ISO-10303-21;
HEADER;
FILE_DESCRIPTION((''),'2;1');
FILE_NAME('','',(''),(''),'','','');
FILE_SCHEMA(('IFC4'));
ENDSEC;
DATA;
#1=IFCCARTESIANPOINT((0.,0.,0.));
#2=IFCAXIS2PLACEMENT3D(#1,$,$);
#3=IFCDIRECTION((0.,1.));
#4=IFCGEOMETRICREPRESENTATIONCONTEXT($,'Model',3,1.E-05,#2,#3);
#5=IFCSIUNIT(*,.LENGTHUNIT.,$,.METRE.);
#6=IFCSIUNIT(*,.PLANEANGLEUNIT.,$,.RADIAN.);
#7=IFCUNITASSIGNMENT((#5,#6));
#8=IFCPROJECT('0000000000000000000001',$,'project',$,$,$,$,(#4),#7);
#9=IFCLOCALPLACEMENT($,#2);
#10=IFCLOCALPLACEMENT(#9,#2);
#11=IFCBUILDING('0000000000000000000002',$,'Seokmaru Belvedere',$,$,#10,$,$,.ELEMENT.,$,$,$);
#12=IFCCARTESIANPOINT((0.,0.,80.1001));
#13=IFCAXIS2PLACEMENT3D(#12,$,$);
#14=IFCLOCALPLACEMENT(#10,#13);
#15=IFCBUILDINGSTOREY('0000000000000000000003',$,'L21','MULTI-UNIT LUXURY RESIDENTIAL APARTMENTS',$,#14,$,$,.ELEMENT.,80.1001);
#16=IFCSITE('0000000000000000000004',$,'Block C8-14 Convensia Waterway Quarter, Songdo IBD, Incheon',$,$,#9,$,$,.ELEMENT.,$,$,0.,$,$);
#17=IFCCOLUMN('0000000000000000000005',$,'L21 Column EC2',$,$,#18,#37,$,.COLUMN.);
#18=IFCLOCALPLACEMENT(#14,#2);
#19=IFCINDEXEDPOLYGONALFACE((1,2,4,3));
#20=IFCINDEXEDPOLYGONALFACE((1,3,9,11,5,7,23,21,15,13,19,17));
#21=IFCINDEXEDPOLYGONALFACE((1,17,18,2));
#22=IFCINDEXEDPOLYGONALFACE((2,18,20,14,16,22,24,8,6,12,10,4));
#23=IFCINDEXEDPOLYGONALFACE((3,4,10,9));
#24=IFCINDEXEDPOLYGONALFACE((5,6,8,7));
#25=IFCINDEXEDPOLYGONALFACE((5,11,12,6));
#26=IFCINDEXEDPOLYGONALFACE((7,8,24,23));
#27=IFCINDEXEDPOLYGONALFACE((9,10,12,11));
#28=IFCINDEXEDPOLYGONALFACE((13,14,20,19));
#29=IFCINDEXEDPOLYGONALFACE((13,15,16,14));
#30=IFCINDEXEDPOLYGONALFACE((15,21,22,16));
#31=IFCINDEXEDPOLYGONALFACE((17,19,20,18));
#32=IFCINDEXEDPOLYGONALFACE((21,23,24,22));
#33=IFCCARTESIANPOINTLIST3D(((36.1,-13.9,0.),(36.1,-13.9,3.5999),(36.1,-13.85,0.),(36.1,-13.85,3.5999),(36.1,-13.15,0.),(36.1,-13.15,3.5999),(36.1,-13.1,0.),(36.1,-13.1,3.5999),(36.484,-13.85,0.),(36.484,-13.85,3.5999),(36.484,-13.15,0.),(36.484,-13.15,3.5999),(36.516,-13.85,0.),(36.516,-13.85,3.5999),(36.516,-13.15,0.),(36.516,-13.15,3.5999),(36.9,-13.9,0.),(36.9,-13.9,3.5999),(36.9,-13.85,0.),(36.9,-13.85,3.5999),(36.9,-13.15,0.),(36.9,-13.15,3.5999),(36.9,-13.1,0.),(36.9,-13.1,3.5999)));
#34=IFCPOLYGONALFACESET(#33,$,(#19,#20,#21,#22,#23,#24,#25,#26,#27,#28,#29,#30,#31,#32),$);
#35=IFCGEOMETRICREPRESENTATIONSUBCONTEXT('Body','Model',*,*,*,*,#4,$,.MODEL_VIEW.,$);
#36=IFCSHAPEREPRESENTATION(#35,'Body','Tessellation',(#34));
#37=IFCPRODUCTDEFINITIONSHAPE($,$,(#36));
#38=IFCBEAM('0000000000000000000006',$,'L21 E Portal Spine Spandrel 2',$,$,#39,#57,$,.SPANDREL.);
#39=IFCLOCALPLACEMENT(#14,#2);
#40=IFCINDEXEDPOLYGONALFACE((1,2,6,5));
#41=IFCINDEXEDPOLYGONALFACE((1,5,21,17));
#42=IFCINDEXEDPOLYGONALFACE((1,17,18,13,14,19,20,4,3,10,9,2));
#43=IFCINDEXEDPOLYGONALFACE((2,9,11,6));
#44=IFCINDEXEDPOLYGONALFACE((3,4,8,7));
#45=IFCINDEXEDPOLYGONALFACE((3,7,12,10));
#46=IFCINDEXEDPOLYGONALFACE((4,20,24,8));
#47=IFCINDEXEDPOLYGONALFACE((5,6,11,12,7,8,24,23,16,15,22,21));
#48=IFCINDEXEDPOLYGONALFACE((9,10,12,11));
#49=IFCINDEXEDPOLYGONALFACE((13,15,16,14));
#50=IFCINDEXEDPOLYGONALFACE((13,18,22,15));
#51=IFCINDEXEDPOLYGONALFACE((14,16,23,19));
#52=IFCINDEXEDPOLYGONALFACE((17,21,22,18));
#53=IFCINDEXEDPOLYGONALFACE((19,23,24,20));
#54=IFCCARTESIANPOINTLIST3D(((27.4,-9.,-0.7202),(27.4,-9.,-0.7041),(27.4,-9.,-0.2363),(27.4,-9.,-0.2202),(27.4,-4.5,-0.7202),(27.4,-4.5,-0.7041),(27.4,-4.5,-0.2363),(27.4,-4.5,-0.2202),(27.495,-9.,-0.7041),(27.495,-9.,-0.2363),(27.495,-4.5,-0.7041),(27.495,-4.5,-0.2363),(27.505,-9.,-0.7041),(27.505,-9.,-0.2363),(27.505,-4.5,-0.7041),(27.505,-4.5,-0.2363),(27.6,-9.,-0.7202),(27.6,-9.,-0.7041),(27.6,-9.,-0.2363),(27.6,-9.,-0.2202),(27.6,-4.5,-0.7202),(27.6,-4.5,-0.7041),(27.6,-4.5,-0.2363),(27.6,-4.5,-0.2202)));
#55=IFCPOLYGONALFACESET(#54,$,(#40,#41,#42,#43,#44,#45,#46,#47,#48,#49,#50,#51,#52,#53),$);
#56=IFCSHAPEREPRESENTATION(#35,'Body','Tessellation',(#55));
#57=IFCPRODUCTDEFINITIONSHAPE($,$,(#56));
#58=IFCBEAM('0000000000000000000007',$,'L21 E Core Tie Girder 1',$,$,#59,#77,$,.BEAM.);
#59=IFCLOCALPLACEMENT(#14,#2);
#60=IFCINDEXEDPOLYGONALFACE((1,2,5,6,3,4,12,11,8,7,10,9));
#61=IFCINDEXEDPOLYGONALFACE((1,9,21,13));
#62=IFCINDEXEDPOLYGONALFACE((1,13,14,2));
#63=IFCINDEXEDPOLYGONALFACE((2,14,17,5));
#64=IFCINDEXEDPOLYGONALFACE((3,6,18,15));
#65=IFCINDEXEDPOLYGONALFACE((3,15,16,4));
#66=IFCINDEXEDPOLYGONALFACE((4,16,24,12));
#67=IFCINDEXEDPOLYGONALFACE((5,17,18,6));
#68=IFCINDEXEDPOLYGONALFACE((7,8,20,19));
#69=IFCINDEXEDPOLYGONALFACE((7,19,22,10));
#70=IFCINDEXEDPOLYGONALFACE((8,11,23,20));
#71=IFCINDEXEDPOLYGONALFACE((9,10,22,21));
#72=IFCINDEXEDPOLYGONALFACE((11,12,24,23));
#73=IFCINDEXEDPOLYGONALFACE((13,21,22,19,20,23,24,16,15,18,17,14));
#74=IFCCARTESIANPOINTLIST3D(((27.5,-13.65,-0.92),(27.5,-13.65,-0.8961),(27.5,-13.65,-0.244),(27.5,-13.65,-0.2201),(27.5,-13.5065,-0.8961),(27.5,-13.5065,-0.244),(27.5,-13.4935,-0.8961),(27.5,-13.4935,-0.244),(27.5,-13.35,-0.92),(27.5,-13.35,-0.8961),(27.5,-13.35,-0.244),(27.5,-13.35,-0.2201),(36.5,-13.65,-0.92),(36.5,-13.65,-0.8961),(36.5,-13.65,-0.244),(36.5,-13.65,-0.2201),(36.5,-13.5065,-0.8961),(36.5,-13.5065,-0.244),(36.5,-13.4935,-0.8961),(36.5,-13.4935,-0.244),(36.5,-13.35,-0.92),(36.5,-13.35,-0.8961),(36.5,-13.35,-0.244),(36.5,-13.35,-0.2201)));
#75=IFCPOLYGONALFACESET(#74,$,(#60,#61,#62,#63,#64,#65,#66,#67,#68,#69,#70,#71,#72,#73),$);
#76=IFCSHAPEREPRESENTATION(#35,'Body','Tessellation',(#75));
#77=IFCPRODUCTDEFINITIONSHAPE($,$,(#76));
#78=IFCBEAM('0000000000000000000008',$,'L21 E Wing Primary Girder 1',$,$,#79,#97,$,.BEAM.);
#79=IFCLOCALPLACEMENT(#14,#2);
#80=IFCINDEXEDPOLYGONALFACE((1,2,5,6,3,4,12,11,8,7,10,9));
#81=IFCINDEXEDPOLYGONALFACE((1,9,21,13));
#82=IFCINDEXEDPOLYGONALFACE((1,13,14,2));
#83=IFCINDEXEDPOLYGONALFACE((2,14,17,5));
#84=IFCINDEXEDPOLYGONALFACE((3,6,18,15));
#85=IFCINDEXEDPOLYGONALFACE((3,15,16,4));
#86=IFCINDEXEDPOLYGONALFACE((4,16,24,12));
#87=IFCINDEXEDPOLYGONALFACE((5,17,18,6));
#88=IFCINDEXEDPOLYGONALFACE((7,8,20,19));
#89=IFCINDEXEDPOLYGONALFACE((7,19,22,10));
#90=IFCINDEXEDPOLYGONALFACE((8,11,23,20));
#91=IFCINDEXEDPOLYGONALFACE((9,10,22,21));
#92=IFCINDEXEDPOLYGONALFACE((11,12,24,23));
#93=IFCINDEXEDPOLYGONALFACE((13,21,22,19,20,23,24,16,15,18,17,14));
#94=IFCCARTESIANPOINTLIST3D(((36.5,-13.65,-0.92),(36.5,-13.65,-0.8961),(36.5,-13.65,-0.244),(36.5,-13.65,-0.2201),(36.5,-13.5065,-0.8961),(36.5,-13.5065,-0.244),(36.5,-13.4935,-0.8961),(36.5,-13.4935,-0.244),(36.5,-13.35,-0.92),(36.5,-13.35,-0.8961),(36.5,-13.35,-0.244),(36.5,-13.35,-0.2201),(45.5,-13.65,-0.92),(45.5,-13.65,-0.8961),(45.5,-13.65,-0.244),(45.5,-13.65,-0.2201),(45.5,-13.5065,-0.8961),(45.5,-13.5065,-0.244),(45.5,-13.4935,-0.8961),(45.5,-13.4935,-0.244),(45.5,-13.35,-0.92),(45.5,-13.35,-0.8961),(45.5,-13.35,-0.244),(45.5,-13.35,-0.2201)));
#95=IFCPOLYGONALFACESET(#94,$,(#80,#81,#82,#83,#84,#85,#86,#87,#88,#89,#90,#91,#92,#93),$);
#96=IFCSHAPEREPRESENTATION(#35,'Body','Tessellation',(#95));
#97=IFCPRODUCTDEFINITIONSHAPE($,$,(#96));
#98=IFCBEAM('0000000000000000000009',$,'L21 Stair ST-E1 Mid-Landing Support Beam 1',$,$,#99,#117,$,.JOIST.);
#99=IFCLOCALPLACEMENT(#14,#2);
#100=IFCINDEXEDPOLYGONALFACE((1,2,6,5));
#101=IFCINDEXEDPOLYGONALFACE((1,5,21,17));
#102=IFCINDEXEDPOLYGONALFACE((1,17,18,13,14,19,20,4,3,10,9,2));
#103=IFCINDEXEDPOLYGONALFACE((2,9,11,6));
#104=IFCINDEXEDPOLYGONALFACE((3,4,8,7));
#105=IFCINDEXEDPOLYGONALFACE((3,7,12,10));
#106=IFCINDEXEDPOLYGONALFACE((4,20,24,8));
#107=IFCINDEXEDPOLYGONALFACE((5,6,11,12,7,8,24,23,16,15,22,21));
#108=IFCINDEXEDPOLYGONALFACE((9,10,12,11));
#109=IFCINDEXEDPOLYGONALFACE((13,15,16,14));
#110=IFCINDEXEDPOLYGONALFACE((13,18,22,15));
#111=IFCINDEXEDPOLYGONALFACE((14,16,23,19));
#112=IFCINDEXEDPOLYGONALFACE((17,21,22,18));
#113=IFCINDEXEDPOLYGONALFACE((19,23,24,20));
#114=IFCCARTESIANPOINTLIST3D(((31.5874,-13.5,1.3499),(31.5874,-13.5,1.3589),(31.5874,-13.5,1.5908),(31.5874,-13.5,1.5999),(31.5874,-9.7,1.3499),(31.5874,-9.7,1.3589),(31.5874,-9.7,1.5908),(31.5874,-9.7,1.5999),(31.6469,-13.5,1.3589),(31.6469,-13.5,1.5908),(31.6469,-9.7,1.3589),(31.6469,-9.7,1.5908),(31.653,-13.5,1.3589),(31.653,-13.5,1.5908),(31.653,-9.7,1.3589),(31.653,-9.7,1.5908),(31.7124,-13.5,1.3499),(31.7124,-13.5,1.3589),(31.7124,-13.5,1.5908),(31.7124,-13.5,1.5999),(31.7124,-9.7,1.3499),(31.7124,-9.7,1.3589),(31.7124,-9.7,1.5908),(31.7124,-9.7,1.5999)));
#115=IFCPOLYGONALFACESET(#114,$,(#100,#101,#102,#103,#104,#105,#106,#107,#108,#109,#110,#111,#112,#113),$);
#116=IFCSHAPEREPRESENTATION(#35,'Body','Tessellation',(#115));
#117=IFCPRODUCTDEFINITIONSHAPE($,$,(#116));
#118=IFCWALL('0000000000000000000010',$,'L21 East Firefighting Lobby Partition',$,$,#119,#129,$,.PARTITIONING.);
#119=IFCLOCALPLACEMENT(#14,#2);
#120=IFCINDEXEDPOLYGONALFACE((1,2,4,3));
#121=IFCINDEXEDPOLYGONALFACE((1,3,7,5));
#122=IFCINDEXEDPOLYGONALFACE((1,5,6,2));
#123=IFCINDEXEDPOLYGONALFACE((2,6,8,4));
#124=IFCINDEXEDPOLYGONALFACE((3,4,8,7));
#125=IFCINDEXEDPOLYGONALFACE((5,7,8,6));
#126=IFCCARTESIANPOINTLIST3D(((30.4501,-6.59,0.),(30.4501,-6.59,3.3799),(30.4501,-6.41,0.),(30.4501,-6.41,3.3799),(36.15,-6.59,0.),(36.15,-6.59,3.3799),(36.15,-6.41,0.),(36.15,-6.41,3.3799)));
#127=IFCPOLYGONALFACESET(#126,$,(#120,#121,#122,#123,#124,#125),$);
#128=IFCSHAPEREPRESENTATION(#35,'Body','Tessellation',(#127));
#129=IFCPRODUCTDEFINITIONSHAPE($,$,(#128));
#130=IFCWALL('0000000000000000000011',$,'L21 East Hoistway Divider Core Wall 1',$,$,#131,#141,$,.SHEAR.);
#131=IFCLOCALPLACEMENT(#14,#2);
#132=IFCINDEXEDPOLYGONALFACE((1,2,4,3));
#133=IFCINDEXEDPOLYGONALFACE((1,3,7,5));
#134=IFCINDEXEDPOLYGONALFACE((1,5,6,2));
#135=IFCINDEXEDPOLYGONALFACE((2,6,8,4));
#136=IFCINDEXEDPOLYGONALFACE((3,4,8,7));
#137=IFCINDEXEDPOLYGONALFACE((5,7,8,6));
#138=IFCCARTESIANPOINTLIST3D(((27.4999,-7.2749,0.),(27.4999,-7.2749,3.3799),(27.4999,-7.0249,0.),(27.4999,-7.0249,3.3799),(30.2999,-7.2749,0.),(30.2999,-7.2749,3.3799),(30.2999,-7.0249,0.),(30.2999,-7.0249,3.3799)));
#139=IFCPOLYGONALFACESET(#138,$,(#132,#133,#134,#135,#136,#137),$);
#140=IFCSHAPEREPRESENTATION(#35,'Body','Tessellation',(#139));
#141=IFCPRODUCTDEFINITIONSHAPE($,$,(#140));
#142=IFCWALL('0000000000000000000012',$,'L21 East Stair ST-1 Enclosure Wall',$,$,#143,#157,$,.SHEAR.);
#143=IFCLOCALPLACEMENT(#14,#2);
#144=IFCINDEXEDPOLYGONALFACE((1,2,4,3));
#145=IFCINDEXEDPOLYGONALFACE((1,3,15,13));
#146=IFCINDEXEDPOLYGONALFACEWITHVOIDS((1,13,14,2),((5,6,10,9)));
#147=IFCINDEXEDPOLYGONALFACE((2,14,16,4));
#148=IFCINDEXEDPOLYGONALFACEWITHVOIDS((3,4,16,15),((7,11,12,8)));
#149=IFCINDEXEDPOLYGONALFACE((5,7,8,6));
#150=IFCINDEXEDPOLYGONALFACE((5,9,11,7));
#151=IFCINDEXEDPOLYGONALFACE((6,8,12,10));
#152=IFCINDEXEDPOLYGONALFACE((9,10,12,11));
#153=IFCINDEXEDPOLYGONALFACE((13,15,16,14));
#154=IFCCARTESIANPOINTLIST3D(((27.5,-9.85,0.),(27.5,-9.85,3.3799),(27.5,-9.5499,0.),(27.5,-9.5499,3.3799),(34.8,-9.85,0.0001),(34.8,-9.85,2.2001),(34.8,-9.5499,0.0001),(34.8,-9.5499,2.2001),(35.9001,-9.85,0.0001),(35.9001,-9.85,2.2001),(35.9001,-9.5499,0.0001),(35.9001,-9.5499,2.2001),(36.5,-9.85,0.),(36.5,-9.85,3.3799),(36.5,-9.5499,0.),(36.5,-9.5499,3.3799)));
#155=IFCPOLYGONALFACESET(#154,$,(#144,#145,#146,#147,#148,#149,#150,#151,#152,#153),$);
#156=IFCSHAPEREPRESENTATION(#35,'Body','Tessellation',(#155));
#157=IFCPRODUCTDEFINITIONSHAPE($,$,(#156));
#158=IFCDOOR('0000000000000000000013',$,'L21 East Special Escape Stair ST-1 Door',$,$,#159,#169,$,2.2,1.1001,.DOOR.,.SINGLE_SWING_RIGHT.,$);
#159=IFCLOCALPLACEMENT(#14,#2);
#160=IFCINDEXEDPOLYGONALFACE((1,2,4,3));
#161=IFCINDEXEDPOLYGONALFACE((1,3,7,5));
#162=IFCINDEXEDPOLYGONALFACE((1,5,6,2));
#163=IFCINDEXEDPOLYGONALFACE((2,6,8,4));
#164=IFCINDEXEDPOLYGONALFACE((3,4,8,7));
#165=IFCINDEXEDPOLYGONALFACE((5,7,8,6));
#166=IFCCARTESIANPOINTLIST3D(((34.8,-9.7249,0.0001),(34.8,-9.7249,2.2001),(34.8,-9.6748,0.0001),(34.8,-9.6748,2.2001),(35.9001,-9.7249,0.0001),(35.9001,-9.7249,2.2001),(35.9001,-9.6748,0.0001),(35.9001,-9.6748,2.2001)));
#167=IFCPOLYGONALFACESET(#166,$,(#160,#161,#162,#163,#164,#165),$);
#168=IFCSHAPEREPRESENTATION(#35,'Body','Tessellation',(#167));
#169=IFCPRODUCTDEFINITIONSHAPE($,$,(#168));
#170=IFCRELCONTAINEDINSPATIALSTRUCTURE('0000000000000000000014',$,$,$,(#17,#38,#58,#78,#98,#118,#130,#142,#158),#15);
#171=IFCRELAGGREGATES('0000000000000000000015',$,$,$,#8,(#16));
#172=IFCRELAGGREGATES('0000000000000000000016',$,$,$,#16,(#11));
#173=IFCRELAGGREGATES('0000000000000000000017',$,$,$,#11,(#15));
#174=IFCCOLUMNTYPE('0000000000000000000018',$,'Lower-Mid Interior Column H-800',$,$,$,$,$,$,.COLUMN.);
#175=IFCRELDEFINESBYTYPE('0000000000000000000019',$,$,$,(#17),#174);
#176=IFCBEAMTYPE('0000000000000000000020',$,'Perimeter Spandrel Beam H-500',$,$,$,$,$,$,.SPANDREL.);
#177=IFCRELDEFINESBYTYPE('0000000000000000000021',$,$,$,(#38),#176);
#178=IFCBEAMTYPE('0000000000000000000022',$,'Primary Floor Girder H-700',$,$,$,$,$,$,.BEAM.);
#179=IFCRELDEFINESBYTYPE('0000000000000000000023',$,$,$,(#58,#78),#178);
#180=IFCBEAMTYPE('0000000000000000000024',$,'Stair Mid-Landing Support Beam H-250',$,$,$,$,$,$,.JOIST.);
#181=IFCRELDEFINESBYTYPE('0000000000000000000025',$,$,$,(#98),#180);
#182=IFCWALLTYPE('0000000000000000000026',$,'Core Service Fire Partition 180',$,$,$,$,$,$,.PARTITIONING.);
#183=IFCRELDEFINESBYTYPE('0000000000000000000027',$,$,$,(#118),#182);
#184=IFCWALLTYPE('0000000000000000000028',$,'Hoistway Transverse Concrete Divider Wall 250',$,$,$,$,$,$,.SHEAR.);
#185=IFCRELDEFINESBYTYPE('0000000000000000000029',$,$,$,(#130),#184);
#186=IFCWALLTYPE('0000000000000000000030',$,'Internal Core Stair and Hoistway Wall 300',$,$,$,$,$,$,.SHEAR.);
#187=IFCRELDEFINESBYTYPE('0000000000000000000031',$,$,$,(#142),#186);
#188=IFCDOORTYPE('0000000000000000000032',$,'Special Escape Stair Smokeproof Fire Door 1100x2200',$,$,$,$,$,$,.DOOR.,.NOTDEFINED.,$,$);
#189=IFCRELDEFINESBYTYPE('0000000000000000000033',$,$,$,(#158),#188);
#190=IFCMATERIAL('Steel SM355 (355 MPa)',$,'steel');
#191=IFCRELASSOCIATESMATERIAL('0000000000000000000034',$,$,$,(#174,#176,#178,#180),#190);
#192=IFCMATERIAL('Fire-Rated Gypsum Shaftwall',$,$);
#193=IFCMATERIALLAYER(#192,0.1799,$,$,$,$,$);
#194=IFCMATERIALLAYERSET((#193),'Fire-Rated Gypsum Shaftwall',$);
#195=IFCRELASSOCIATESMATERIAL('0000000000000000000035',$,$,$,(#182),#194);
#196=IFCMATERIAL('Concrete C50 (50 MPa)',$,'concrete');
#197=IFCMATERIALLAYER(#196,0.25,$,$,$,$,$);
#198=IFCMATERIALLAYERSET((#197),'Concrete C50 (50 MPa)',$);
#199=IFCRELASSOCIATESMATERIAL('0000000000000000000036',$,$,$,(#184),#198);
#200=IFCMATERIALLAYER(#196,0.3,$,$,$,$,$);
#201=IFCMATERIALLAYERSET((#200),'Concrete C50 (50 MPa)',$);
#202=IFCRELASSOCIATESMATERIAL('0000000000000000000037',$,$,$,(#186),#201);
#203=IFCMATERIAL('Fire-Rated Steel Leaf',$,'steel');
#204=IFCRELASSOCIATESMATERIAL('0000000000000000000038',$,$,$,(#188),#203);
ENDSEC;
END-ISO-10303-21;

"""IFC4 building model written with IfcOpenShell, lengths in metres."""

from ifc_helpers import new_model, si_unit, direction, frame, frame_2d, origin, origin_2d, place, context, subcontext, project, spatial, rectangle, i_section, extrude, source, transform, mapped, material, layer, layer_set, material_profile, profile_set, type_object, type_shapes, element, fill, save


model = new_model("IFC4")

# Units and contexts
model_context = context("Model", 3, precision=1e-05, world=origin(), true_north=direction((0.0, 1.0)))
body_context = subcontext(model_context, "Body", "Model", "MODEL_VIEW")
ifc_project = project(units=[si_unit("LENGTHUNIT", "METRE"), si_unit("PLANEANGLEUNIT", "RADIAN")], contexts=[model_context])

# Site, building, storey
site_placement = place(None, origin())
site = spatial("IfcSite", under=ifc_project, at=site_placement, Name="Block C8-14 Convensia Waterway Quarter, Songdo IBD, Incheon", CompositionType="ELEMENT", RefElevation=0.0)
building_placement = place(site_placement, origin())
building = spatial("IfcBuilding", under=site, at=building_placement, Name="Seokmaru Belvedere", CompositionType="ELEMENT")
storey_placement = place(building_placement, frame((0.0, 0.0, 80.1001)))
storey = spatial("IfcBuildingStorey", under=building, at=storey_placement, Name="L21", Description="MULTI-UNIT LUXURY RESIDENTIAL APARTMENTS", CompositionType="ELEMENT", Elevation=80.1001)

# Column
ifc_material_1 = material(Name="Steel SM355 (355 MPa)", Category="steel")
ifc_material_profile_1 = material_profile(ifc_material_1, i_section(OverallWidth=0.8, OverallDepth=0.8, WebThickness=0.032, FlangeThickness=0.05, at=origin_2d()), Name="H-800x800x32x50")
ifc_profile_set_1 = profile_set([ifc_material_profile_1], Name="Steel SM355 (355 MPa)")
column_type = type_object("IfcColumnType", Name="Lower-Mid Interior Column H-800", PredefinedType="COLUMN", material=ifc_profile_set_1)
shared_shape_1 = source(origin(), body_context, "Body", "SweptSolid", [
    extrude(i_section(OverallWidth=0.8, OverallDepth=0.8, WebThickness=0.032, FlangeThickness=0.05, at=origin_2d()), origin(), (0.0, 0.0, 1.0), 3.5999),
])
type_shapes(column_type, [shared_shape_1])
column_placement = place(storey_placement, frame((36.5, -13.5, 0.0), z_axis=(0.0, 0.0, 1.0), x_axis=(1.0, 0.0, 0.0)))
element("IfcColumn", 1, at=column_placement, inside=storey, type_object=column_type, Name="L21 Column EC2", PredefinedType="COLUMN", context=body_context, shape_type="MappedRepresentation", body=[
    mapped(shared_shape_1, transform((0.0, 0.0, 0.0), scale=1.0)),
])

# Beams
ifc_material_profile_2 = material_profile(ifc_material_1, i_section(OverallWidth=0.2, OverallDepth=0.5, WebThickness=0.01, FlangeThickness=0.0161, at=origin_2d()), Name="H-500x200x10x16")
ifc_profile_set_2 = profile_set([ifc_material_profile_2], Name="Steel SM355 (355 MPa)")
beam_type_1 = type_object("IfcBeamType", Name="Perimeter Spandrel Beam H-500", PredefinedType="SPANDREL", material=ifc_profile_set_2)
shared_shape_2 = source(origin(), body_context, "Body", "SweptSolid", [
    extrude(i_section(OverallWidth=0.2, OverallDepth=0.5, WebThickness=0.01, FlangeThickness=0.0161, at=origin_2d()), origin(), (0.0, 0.0, 1.0), 4.5),
])
type_shapes(beam_type_1, [shared_shape_2])
beam_1_placement = place(storey_placement, frame((27.5, -9.0, -0.4702), z_axis=(0.0, 1.0, 0.0), x_axis=(-1.0, 0.0, 0.0)))
element("IfcBeam", 2, at=beam_1_placement, inside=storey, type_object=beam_type_1, Name="L21 E Portal Spine Spandrel 2", PredefinedType="SPANDREL", context=body_context, shape_type="MappedRepresentation", body=[
    mapped(shared_shape_2, transform((0.0, 0.0, 0.0), scale=1.0)),
])
ifc_material_profile_3 = material_profile(ifc_material_1, i_section(OverallWidth=0.3, OverallDepth=0.7, WebThickness=0.0129, FlangeThickness=0.0239, at=origin_2d()), Name="H-700x300x13x24")
ifc_profile_set_3 = profile_set([ifc_material_profile_3], Name="Steel SM355 (355 MPa)")
beam_type_2 = type_object("IfcBeamType", Name="Primary Floor Girder H-700", PredefinedType="BEAM", material=ifc_profile_set_3)
shared_shape_3 = source(origin(), body_context, "Body", "SweptSolid", [
    extrude(i_section(OverallWidth=0.3, OverallDepth=0.7, WebThickness=0.0129, FlangeThickness=0.0239, at=origin_2d()), origin(), (0.0, 0.0, 1.0), 9.0),
])
type_shapes(beam_type_2, [shared_shape_3])
for number, where, z_axis, x_axis, name in (
    (3, (27.5, -13.5, -0.5701), (1.0, 0.0, 0.0), (0.0, 1.0, 0.0), "L21 E Core Tie Girder 1"),
    (4, (36.5, -13.5, -0.5701), (1.0, 0.0, 0.0), (0.0, 1.0, 0.0), "L21 E Wing Primary Girder 1"),
):
    element("IfcBeam", number, at=place(storey_placement, frame(where, z_axis=z_axis, x_axis=x_axis)), inside=storey, type_object=beam_type_2, Name=name, PredefinedType="BEAM", context=body_context, shape_type="MappedRepresentation", body=[
        mapped(shared_shape_3, transform((0.0, 0.0, 0.0), scale=1.0)),
    ])
ifc_material_profile_4 = material_profile(ifc_material_1, i_section(OverallWidth=0.125, OverallDepth=0.25, WebThickness=0.0061, FlangeThickness=0.009, at=origin_2d()), Name="H-250x125x6x9")
ifc_profile_set_4 = profile_set([ifc_material_profile_4], Name="Steel SM355 (355 MPa)")
beam_type_3 = type_object("IfcBeamType", Name="Stair Mid-Landing Support Beam H-250", PredefinedType="JOIST", material=ifc_profile_set_4)
shared_shape_4 = source(origin(), body_context, "Body", "SweptSolid", [
    extrude(i_section(OverallWidth=0.125, OverallDepth=0.25, WebThickness=0.0061, FlangeThickness=0.009, at=origin_2d()), origin(), (0.0, 0.0, 1.0), 3.8),
])
type_shapes(beam_type_3, [shared_shape_4])
beam_2_placement = place(storey_placement, frame((31.6499, -13.5, 1.4749), z_axis=(0.0, 1.0, 0.0), x_axis=(-1.0, 0.0, 0.0)))
element("IfcBeam", 5, at=beam_2_placement, inside=storey, type_object=beam_type_3, Name="L21 Stair ST-E1 Mid-Landing Support Beam 1", PredefinedType="JOIST", context=body_context, shape_type="MappedRepresentation", body=[
    mapped(shared_shape_4, transform((0.0, 0.0, 0.0), scale=1.0)),
])

# Walls
ifc_material_2 = material(Name="Fire-Rated Gypsum Shaftwall")
ifc_layer_1 = layer(ifc_material_2, 0.1799)
ifc_layer_set_1 = layer_set([ifc_layer_1], Name="Fire-Rated Gypsum Shaftwall")
wall_type_1 = type_object("IfcWallType", Name="Core Service Fire Partition 180", PredefinedType="PARTITIONING", material=ifc_layer_set_1)
wall_1_placement = place(storey_placement, frame((30.45, -6.5, 0.0), z_axis=(0.0, 0.0, 1.0), x_axis=(1.0, 0.0, 0.0)))
element("IfcWall", 6, at=wall_1_placement, inside=storey, type_object=wall_type_1, Name="L21 East Firefighting Lobby Partition", PredefinedType="PARTITIONING", context=body_context, shape_type="SweptSolid", body=[
    extrude(rectangle(XDim=5.7, YDim=0.1799, at=frame_2d((2.8501, 0.0))), origin(), (0.0, 0.0, 1.0), 3.3799),
])
ifc_material_3 = material(Name="Concrete C50 (50 MPa)", Category="concrete")
ifc_layer_2 = layer(ifc_material_3, 0.25)
ifc_layer_set_2 = layer_set([ifc_layer_2], Name="Concrete C50 (50 MPa)")
wall_type_2 = type_object("IfcWallType", Name="Hoistway Transverse Concrete Divider Wall 250", PredefinedType="SHEAR", material=ifc_layer_set_2)
wall_2_placement = place(storey_placement, frame((27.5, -7.1499, 0.0), z_axis=(0.0, 0.0, 1.0), x_axis=(1.0, 0.0, 0.0)))
element("IfcWall", 7, at=wall_2_placement, inside=storey, type_object=wall_type_2, Name="L21 East Hoistway Divider Core Wall 1", PredefinedType="SHEAR", context=body_context, shape_type="SweptSolid", body=[
    extrude(rectangle(XDim=2.8, YDim=0.25, at=frame_2d((1.3999, 0.0))), origin(), (0.0, 0.0, 1.0), 3.3799),
])

# Wall, opening, door
ifc_layer_3 = layer(ifc_material_3, 0.3)
ifc_layer_set_3 = layer_set([ifc_layer_3], Name="Concrete C50 (50 MPa)")
wall_type_3 = type_object("IfcWallType", Name="Internal Core Stair and Hoistway Wall 300", PredefinedType="SHEAR", material=ifc_layer_set_3)
wall_3_placement = place(storey_placement, frame((27.5, -9.7, 0.0), z_axis=(0.0, 0.0, 1.0), x_axis=(1.0, 0.0, 0.0)))
wall_3 = element("IfcWall", 8, at=wall_3_placement, inside=storey, type_object=wall_type_3, Name="L21 East Stair ST-1 Enclosure Wall", PredefinedType="SHEAR", context=body_context, shape_type="SweptSolid", body=[
    extrude(rectangle(XDim=9.0, YDim=0.3, at=frame_2d((4.5, 0.0))), origin(), (0.0, 0.0, 1.0), 3.3799),
])
opening_1_placement = place(wall_3_placement, frame((7.3, 0.0, 0.0)))
opening_1 = element("IfcOpeningElement", 9, at=opening_1_placement, cuts=wall_3, PredefinedType="OPENING", context=body_context, shape_type="SweptSolid", body=[
    extrude(rectangle(XDim=1.1001, YDim=2.2, at=frame_2d((0.55, 1.1001))), frame((0.0, 0.1602, 0.0), z_axis=(0.0, -1.0, 0.0), x_axis=(1.0, 0.0, 0.0)), (0.0, 0.0, 1.0), 0.3201),
])
ifc_material_4 = material(Name="Fire-Rated Steel Leaf", Category="steel")
door_type_1 = type_object("IfcDoorType", Name="Special Escape Stair Smokeproof Fire Door 1100x2200", OperationType="NOTDEFINED", PredefinedType="DOOR", material=ifc_material_4)
shared_shape_5 = source(origin(), body_context, "Body", "SweptSolid", [
    extrude(rectangle(XDim=1.1001, YDim=2.2, at=frame_2d((0.55, 1.1001))), frame((0.0, 0.0249, 0.0), z_axis=(0.0, -1.0, 0.0), x_axis=(1.0, 0.0, 0.0)), (0.0, 0.0, 1.0), 0.05),
])
type_shapes(door_type_1, [shared_shape_5])
door_1_placement = place(opening_1_placement, frame((1.1001, 0.0, 0.0), z_axis=(0.0, 0.0, 1.0), x_axis=(-1.0, 0.0, 0.0)))
door_1 = element("IfcDoor", 10, at=door_1_placement, inside=storey, type_object=door_type_1, Name="L21 East Special Escape Stair ST-1 Door", OperationType="SINGLE_SWING_RIGHT", OverallHeight=2.2, OverallWidth=1.1001, PredefinedType="DOOR", context=body_context, shape_type="MappedRepresentation", body=[
    mapped(shared_shape_5, transform((0.0, 0.0, 0.0), scale=1.0)),
])
fill(opening_1, door_1)

save(model, "model.ifc")
